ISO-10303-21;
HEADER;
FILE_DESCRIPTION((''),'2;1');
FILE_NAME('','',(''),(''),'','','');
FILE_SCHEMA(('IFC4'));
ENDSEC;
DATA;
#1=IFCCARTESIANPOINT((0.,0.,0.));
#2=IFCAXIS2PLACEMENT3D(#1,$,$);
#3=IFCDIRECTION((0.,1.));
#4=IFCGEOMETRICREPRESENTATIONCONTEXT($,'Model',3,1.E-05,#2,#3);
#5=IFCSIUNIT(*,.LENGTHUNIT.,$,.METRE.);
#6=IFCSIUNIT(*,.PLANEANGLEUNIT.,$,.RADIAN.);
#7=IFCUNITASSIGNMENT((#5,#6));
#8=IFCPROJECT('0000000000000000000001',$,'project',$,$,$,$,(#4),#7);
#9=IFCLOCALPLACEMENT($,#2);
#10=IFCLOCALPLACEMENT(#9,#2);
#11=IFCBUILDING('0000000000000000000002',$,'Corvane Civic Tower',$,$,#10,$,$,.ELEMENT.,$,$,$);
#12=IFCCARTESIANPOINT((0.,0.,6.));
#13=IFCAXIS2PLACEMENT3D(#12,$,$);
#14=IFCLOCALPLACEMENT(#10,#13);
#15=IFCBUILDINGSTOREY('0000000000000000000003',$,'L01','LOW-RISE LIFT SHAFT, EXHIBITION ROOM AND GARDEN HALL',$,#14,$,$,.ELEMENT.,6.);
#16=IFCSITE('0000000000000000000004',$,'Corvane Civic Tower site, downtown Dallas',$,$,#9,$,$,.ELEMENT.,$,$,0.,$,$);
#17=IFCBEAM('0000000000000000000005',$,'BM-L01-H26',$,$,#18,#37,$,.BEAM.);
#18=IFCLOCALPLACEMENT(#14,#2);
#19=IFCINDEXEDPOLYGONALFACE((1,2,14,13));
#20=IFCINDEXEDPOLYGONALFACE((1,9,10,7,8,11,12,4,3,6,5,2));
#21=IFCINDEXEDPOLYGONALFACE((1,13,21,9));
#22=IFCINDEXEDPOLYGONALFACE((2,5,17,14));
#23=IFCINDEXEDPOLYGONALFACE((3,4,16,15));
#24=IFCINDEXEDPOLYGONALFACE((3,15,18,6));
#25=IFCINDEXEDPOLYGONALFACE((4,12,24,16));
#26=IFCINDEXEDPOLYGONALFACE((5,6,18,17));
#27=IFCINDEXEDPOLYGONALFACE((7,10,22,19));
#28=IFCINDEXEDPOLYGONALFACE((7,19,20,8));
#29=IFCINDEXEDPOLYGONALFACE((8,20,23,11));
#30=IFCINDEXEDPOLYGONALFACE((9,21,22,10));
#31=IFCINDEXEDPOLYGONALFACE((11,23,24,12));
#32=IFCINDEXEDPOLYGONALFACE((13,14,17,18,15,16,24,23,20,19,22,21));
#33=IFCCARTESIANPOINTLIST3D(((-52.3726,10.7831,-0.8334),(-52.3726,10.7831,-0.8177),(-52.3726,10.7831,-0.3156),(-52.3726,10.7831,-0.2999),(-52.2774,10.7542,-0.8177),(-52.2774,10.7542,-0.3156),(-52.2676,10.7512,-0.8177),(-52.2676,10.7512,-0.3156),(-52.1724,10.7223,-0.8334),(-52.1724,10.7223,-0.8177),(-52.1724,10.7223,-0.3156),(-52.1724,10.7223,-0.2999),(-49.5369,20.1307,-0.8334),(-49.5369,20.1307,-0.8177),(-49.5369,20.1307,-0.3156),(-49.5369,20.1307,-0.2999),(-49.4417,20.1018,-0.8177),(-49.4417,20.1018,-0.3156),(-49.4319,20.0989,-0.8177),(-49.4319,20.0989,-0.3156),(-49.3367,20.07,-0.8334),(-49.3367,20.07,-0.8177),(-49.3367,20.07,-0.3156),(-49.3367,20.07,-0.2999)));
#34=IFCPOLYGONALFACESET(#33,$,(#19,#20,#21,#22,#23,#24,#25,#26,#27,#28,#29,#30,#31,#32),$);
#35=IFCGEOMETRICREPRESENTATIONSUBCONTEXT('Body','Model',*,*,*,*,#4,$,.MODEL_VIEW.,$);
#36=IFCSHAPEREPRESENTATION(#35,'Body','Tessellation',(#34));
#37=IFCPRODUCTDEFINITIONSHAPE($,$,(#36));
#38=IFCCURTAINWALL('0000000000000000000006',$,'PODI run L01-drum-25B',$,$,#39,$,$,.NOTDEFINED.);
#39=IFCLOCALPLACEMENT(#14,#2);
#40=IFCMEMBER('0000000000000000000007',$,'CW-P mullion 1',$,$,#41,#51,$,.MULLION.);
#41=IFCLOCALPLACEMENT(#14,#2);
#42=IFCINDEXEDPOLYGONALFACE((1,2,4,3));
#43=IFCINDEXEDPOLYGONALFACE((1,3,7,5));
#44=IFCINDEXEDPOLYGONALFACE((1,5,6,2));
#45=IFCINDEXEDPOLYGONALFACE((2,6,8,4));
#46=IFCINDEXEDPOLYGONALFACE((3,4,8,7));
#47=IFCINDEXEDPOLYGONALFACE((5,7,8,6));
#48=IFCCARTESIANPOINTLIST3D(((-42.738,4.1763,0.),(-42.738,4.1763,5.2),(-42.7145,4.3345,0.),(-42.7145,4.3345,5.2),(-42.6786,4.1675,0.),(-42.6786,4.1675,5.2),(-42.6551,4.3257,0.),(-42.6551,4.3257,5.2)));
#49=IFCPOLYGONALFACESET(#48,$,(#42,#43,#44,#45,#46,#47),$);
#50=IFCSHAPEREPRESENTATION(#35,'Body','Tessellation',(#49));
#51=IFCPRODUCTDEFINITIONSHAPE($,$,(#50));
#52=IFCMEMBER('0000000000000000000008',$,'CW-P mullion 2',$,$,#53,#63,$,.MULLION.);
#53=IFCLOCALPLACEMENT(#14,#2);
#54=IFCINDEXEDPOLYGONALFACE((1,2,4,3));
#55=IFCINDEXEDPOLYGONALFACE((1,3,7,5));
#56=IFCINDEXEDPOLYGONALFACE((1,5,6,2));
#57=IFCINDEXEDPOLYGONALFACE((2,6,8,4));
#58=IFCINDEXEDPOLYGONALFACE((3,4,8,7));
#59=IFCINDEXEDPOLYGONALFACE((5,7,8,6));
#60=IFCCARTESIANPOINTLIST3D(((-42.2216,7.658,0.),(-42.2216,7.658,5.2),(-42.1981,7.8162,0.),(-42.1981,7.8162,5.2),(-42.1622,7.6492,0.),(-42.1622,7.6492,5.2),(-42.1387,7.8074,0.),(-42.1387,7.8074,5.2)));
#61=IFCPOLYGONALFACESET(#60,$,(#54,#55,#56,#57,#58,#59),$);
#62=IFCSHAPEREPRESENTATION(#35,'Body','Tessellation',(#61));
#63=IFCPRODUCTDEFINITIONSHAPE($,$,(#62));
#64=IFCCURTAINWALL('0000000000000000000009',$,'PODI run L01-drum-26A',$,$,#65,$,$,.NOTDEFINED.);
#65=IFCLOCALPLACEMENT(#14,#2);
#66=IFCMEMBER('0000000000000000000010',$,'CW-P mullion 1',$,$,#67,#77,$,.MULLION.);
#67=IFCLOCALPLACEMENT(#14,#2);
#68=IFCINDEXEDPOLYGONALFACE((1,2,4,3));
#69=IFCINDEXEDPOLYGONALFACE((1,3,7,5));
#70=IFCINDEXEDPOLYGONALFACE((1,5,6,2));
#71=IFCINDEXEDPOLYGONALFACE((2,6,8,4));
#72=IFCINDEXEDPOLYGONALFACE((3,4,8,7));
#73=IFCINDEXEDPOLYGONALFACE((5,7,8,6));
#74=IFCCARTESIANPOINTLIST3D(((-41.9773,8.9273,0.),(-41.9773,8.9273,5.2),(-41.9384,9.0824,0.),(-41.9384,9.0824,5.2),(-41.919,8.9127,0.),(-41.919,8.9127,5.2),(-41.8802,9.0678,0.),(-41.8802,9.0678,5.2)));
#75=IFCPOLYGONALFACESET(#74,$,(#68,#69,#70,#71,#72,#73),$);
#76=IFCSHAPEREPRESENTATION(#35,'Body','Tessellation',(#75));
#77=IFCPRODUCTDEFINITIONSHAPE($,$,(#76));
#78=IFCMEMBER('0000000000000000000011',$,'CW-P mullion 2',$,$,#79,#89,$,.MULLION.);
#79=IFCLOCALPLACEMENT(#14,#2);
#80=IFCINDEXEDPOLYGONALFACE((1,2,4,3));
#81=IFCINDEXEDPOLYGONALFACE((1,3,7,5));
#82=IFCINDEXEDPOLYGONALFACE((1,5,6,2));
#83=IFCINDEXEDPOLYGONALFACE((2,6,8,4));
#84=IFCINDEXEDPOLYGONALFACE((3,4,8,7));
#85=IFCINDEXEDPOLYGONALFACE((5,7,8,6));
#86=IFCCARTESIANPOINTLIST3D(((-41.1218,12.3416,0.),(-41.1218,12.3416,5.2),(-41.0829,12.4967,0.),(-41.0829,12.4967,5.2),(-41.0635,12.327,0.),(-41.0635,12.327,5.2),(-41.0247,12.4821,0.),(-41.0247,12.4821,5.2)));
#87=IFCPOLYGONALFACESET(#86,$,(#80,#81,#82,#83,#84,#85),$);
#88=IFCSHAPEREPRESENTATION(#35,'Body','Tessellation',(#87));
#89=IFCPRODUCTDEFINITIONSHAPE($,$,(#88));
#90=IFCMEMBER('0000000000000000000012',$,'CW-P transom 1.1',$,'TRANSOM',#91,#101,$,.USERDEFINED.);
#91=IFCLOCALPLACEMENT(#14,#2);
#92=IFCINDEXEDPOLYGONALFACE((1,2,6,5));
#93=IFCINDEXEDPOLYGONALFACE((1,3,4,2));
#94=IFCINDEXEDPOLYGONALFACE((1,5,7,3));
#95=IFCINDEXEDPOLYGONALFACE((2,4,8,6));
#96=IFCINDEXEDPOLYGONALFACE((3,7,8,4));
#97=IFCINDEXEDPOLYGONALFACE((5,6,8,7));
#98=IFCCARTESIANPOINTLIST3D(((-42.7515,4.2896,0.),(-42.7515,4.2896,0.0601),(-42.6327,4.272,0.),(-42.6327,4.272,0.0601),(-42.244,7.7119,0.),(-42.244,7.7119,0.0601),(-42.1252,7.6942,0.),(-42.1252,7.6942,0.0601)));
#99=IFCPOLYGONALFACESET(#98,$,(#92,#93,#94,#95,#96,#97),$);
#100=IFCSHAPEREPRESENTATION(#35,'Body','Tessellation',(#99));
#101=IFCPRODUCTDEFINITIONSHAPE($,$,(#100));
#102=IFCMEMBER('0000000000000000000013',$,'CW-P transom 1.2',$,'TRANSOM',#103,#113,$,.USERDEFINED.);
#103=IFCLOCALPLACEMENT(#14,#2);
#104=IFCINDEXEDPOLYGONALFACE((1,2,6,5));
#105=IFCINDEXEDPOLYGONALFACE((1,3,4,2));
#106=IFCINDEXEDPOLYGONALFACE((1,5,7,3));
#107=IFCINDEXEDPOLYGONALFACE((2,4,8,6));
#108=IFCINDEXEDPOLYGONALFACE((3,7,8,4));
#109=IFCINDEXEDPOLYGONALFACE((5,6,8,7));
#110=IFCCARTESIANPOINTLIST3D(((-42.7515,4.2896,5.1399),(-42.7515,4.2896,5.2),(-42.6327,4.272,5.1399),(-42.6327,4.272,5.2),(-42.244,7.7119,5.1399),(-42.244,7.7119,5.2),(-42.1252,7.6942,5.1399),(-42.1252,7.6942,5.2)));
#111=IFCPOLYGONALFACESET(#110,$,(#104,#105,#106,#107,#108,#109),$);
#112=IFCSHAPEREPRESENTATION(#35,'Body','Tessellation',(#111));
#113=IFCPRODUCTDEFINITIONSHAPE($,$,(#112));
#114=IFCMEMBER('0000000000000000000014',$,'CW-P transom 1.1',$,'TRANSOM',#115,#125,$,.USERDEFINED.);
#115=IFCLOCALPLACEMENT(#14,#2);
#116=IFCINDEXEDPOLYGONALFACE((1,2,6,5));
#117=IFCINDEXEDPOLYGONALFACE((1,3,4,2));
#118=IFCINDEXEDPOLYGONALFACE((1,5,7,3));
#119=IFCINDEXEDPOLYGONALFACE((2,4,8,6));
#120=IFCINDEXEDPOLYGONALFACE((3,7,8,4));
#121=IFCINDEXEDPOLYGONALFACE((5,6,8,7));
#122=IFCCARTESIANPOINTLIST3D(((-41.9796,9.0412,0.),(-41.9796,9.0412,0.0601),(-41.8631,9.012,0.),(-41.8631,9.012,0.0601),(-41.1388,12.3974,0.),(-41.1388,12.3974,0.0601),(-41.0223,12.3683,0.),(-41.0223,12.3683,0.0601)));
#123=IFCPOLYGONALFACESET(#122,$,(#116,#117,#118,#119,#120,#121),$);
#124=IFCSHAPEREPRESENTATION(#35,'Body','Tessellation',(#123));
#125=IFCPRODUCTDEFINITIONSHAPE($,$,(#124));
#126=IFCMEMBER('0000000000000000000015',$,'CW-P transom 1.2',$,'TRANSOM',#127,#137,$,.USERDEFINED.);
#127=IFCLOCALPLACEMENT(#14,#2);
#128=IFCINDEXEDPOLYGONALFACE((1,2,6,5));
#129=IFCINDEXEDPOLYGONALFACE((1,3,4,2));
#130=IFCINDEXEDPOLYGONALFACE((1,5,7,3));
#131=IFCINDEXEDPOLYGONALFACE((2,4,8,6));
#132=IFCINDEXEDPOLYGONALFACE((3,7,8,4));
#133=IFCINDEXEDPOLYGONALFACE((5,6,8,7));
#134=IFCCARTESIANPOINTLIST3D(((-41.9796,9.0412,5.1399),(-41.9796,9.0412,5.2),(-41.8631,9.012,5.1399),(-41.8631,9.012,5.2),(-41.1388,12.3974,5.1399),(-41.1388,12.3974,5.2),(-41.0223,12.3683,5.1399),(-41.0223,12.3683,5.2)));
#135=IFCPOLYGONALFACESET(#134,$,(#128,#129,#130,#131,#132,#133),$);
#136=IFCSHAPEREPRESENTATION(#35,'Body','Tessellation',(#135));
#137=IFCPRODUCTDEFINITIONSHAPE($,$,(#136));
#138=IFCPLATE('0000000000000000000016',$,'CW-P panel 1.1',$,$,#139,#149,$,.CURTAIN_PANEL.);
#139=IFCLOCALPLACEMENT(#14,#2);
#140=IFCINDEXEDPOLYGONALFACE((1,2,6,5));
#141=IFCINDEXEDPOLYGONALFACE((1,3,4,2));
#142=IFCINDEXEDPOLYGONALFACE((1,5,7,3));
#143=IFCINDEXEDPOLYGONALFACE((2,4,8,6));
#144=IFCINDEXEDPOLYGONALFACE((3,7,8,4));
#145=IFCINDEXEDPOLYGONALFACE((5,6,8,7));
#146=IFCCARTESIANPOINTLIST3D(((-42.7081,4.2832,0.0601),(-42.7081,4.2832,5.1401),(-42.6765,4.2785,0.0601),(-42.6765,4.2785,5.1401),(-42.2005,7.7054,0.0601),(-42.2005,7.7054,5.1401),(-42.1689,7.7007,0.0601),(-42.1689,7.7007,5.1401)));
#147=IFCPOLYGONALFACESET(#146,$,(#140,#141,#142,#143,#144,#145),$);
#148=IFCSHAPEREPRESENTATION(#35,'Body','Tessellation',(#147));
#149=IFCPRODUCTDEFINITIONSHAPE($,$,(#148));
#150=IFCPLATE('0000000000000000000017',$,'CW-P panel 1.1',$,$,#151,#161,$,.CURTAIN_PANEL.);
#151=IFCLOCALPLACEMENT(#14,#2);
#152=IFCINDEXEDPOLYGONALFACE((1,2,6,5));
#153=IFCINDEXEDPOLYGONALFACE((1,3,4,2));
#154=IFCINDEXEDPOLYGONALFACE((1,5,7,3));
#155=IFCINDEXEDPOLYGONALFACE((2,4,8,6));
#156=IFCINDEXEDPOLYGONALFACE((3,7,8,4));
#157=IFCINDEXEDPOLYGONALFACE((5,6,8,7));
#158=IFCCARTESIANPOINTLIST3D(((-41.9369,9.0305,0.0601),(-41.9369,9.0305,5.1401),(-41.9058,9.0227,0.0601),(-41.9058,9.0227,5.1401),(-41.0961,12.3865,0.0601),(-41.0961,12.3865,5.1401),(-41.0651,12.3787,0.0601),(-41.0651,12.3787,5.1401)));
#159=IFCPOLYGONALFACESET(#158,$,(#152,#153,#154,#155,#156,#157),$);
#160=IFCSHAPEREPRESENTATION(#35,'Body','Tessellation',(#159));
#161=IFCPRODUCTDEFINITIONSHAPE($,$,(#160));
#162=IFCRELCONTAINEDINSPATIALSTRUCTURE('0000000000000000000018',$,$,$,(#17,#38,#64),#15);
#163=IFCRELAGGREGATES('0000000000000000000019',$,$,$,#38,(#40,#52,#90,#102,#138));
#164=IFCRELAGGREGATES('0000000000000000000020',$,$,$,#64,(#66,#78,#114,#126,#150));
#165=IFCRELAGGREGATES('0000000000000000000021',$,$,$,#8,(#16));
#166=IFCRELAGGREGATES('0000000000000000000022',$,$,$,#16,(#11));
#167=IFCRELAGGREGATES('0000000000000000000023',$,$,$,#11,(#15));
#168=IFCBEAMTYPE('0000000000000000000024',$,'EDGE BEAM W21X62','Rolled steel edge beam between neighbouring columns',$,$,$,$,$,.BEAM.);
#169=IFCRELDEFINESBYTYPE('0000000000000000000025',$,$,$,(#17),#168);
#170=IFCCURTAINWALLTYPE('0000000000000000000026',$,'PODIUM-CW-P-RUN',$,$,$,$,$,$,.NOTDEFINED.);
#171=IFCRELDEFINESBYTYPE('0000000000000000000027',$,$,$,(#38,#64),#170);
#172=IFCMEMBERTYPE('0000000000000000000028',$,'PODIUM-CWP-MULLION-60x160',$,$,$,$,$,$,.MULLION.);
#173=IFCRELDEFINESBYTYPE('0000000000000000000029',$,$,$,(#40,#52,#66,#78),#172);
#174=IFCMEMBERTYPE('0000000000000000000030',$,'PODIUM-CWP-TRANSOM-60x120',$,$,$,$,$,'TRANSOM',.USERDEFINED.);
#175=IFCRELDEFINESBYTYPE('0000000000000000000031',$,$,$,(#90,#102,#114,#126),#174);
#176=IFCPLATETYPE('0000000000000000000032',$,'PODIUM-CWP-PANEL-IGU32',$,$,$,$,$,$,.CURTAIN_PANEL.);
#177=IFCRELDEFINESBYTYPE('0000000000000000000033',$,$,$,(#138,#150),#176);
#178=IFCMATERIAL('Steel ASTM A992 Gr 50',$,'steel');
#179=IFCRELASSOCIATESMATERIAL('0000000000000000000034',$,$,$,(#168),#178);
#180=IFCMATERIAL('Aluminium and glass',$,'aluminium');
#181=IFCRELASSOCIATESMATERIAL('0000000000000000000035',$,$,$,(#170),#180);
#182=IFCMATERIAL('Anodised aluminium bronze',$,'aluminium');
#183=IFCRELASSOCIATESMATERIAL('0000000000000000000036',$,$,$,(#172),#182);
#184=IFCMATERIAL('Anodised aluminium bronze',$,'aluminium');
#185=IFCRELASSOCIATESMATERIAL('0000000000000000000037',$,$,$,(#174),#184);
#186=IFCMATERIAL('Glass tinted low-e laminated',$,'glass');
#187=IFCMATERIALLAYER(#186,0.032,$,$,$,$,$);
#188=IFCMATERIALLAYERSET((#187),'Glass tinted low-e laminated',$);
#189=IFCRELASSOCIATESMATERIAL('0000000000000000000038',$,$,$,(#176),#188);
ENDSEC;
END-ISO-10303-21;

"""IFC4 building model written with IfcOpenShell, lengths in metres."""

from ifc_helpers import new_model, si_unit, direction, frame, origin, origin_2d, place, context, subcontext, project, spatial, rectangle, i_section, extrude, material, layer, layer_set, material_profile, profile_set, type_object, element, aggregate, save


model = new_model("IFC4")

# Units and contexts
model_context = context("Model", 3, precision=1e-05, world=origin(), true_north=direction((0.0, 1.0)))
body_context = subcontext(model_context, "Body", "Model", "MODEL_VIEW")
ifc_project = project(units=[si_unit("LENGTHUNIT", "METRE"), si_unit("PLANEANGLEUNIT", "RADIAN")], contexts=[model_context])

# Site, building, storey
site_placement = place(None, origin())
site = spatial("IfcSite", under=ifc_project, at=site_placement, Name="Corvane Civic Tower site, downtown Dallas", CompositionType="ELEMENT", RefElevation=0.0)
building_placement = place(site_placement, origin())
building = spatial("IfcBuilding", under=site, at=building_placement, Name="Corvane Civic Tower", CompositionType="ELEMENT")
storey_placement = place(building_placement, frame((0.0, 0.0, 6.0)))
storey = spatial("IfcBuildingStorey", under=building, at=storey_placement, Name="L01", Description="LOW-RISE LIFT SHAFT, EXHIBITION ROOM AND GARDEN HALL", CompositionType="ELEMENT", Elevation=6.0)

# Beam
ifc_material_1 = material(Name="Steel ASTM A992 Gr 50", Category="steel")
ifc_material_profile_1 = material_profile(ifc_material_1, i_section(OverallWidth=0.2092, OverallDepth=0.5334, WebThickness=0.0103, FlangeThickness=0.0156, at=origin_2d()), Name="W21X62")
ifc_profile_set_1 = profile_set([ifc_material_profile_1], Name="Steel ASTM A992 Gr 50")
beam_type_1 = type_object("IfcBeamType", Name="EDGE BEAM W21X62", Description="Rolled steel edge beam between neighbouring columns", PredefinedType="BEAM", material=ifc_profile_set_1)
beam_1_placement = place(storey_placement, frame((-52.2725, 10.7527, -0.5667), z_axis=(0.290295, 0.956937, 0.0), x_axis=(-0.956937, 0.290295, 0.0)))
element("IfcBeam", 1, at=beam_1_placement, inside=storey, type_object=beam_type_1, Name="BM-L01-H26", PredefinedType="BEAM", context=body_context, shape_type="SweptSolid", body=[
    extrude(i_section(OverallWidth=0.2092, OverallDepth=0.5334, WebThickness=0.0103, FlangeThickness=0.0156, at=origin_2d()), origin(), (0.0, 0.0, 1.0), 9.7683),
])

# Curtain walls, members
ifc_material_2 = material(Name="Aluminium and glass", Category="aluminium")
curtain_wall_type = type_object("IfcCurtainWallType", Name="PODIUM-CW-P-RUN", PredefinedType="NOTDEFINED", material=ifc_material_2)
curtain_wall_1_placement = place(storey_placement, origin())
curtain_wall_1 = element("IfcCurtainWall", 2, at=curtain_wall_1_placement, inside=storey, type_object=curtain_wall_type, Name="PODI run L01-drum-25B", PredefinedType="NOTDEFINED")
ifc_material_3 = material(Name="Anodised aluminium bronze", Category="aluminium")
ifc_material_profile_2 = material_profile(ifc_material_3, rectangle(XDim=0.0601, YDim=0.1599, at=origin_2d()), Name="AL 60x160")
ifc_profile_set_2 = profile_set([ifc_material_profile_2], Name="Anodised aluminium bronze")
member_type_1 = type_object("IfcMemberType", Name="PODIUM-CWP-MULLION-60x160", PredefinedType="MULLION", material=ifc_profile_set_2)
member_1_placement = place(storey_placement, frame((-42.6965, 4.251, 0.0), z_axis=(0.0, 0.0, 1.0), x_axis=(-0.989179, 0.146715, 0.0)))
member_1 = element("IfcMember", 3, at=member_1_placement, type_object=member_type_1, Name="CW-P mullion 1", PredefinedType="MULLION", context=body_context, shape_type="SweptSolid", body=[
    extrude(rectangle(XDim=0.0601, YDim=0.1599, at=origin_2d()), origin(), (0.0, 0.0, 1.0), 5.2),
])
member_2_placement = place(storey_placement, frame((-42.1802, 7.7327, 0.0), z_axis=(0.0, 0.0, 1.0), x_axis=(-0.989179, 0.146715, 0.0)))
member_2 = element("IfcMember", 4, at=member_2_placement, type_object=member_type_1, Name="CW-P mullion 2", PredefinedType="MULLION", context=body_context, shape_type="SweptSolid", body=[
    extrude(rectangle(XDim=0.0601, YDim=0.1599, at=origin_2d()), origin(), (0.0, 0.0, 1.0), 5.2),
])
curtain_wall_2_placement = place(storey_placement, origin())
curtain_wall_2 = element("IfcCurtainWall", 5, at=curtain_wall_2_placement, inside=storey, type_object=curtain_wall_type, Name="PODI run L01-drum-26A", PredefinedType="NOTDEFINED")
member_3_placement = place(storey_placement, frame((-41.9287, 8.9976, 0.0), z_axis=(0.0, 0.0, 1.0), x_axis=(-0.970024, 0.243009, 0.0)))
member_3 = element("IfcMember", 6, at=member_3_placement, type_object=member_type_1, Name="CW-P mullion 1", PredefinedType="MULLION", context=body_context, shape_type="SweptSolid", body=[
    extrude(rectangle(XDim=0.0601, YDim=0.1599, at=origin_2d()), origin(), (0.0, 0.0, 1.0), 5.2),
])
member_4_placement = place(storey_placement, frame((-41.0732, 12.4119, 0.0), z_axis=(0.0, 0.0, 1.0), x_axis=(-0.970024, 0.243009, 0.0)))
member_4 = element("IfcMember", 7, at=member_4_placement, type_object=member_type_1, Name="CW-P mullion 2", PredefinedType="MULLION", context=body_context, shape_type="SweptSolid", body=[
    extrude(rectangle(XDim=0.0601, YDim=0.1599, at=origin_2d()), origin(), (0.0, 0.0, 1.0), 5.2),
])

# Members
ifc_material_4 = material(Name="Anodised aluminium bronze", Category="aluminium")
ifc_material_profile_3 = material_profile(ifc_material_4, rectangle(XDim=0.1201, YDim=0.0601, at=origin_2d()), Name="AL 120x60")
ifc_profile_set_3 = profile_set([ifc_material_profile_3], Name="Anodised aluminium bronze")
member_type_2 = type_object("IfcMemberType", Name="PODIUM-CWP-TRANSOM-60x120", ElementType="TRANSOM", PredefinedType="USERDEFINED", material=ifc_profile_set_3)
member_5_placement = place(storey_placement, frame((-42.6921, 4.2808, 0.03), z_axis=(0.146705, 0.98918, 0.0), x_axis=(-0.98918, 0.146705, 0.0)))
member_5 = element("IfcMember", 8, at=member_5_placement, type_object=member_type_2, Name="CW-P transom 1.1", ObjectType="TRANSOM", PredefinedType="USERDEFINED", context=body_context, shape_type="SweptSolid", body=[
    extrude(rectangle(XDim=0.1201, YDim=0.0601, at=origin_2d()), origin(), (0.0, 0.0, 1.0), 3.4597),
])
member_6_placement = place(storey_placement, frame((-42.6921, 4.2808, 5.1699), z_axis=(0.146705, 0.98918, 0.0), x_axis=(-0.98918, 0.146705, 0.0)))
member_6 = element("IfcMember", 9, at=member_6_placement, type_object=member_type_2, Name="CW-P transom 1.2", ObjectType="TRANSOM", PredefinedType="USERDEFINED", context=body_context, shape_type="SweptSolid", body=[
    extrude(rectangle(XDim=0.1201, YDim=0.0601, at=origin_2d()), origin(), (0.0, 0.0, 1.0), 3.4597),
])
member_7_placement = place(storey_placement, frame((-41.9214, 9.0266, 0.03), z_axis=(0.243017, 0.970022, 0.0), x_axis=(-0.970022, 0.243017, 0.0)))
member_7 = element("IfcMember", 10, at=member_7_placement, type_object=member_type_2, Name="CW-P transom 1.1", ObjectType="TRANSOM", PredefinedType="USERDEFINED", context=body_context, shape_type="SweptSolid", body=[
    extrude(rectangle(XDim=0.1201, YDim=0.0601, at=origin_2d()), origin(), (0.0, 0.0, 1.0), 3.46),
])
member_8_placement = place(storey_placement, frame((-41.9214, 9.0266, 5.1699), z_axis=(0.243017, 0.970022, 0.0), x_axis=(-0.970022, 0.243017, 0.0)))
member_8 = element("IfcMember", 11, at=member_8_placement, type_object=member_type_2, Name="CW-P transom 1.2", ObjectType="TRANSOM", PredefinedType="USERDEFINED", context=body_context, shape_type="SweptSolid", body=[
    extrude(rectangle(XDim=0.1201, YDim=0.0601, at=origin_2d()), origin(), (0.0, 0.0, 1.0), 3.46),
])

# Plates
ifc_material_5 = material(Name="Glass tinted low-e laminated", Category="glass")
ifc_layer_1 = layer(ifc_material_5, 0.032)
ifc_layer_set_1 = layer_set([ifc_layer_1], Name="Glass tinted low-e laminated")
plate_type = type_object("IfcPlateType", Name="PODIUM-CWP-PANEL-IGU32", PredefinedType="CURTAIN_PANEL", material=ifc_layer_set_1)
plate_1_placement = place(storey_placement, frame((-42.4385, 5.9919, 0.0601), z_axis=(0.0, 0.0, 1.0), x_axis=(0.146715, 0.989179, 0.0)))
plate_1 = element("IfcPlate", 12, at=plate_1_placement, type_object=plate_type, Name="CW-P panel 1.1", PredefinedType="CURTAIN_PANEL", context=body_context, shape_type="SweptSolid", body=[
    extrude(rectangle(XDim=3.4597, YDim=0.032, at=origin_2d()), origin(), (0.0, 0.0, 1.0), 5.0801),
])
aggregate(curtain_wall_1, [member_1, member_2, member_5, member_6, plate_1])
plate_2_placement = place(storey_placement, frame((-41.501, 10.7046, 0.0601), z_axis=(0.0, 0.0, 1.0), x_axis=(0.243009, 0.970024, 0.0)))
plate_2 = element("IfcPlate", 13, at=plate_2_placement, type_object=plate_type, Name="CW-P panel 1.1", PredefinedType="CURTAIN_PANEL", context=body_context, shape_type="SweptSolid", body=[
    extrude(rectangle(XDim=3.4597, YDim=0.032, at=origin_2d()), origin(), (0.0, 0.0, 1.0), 5.0801),
])
aggregate(curtain_wall_2, [member_3, member_4, member_7, member_8, plate_2])

save(model, "model.ifc")
